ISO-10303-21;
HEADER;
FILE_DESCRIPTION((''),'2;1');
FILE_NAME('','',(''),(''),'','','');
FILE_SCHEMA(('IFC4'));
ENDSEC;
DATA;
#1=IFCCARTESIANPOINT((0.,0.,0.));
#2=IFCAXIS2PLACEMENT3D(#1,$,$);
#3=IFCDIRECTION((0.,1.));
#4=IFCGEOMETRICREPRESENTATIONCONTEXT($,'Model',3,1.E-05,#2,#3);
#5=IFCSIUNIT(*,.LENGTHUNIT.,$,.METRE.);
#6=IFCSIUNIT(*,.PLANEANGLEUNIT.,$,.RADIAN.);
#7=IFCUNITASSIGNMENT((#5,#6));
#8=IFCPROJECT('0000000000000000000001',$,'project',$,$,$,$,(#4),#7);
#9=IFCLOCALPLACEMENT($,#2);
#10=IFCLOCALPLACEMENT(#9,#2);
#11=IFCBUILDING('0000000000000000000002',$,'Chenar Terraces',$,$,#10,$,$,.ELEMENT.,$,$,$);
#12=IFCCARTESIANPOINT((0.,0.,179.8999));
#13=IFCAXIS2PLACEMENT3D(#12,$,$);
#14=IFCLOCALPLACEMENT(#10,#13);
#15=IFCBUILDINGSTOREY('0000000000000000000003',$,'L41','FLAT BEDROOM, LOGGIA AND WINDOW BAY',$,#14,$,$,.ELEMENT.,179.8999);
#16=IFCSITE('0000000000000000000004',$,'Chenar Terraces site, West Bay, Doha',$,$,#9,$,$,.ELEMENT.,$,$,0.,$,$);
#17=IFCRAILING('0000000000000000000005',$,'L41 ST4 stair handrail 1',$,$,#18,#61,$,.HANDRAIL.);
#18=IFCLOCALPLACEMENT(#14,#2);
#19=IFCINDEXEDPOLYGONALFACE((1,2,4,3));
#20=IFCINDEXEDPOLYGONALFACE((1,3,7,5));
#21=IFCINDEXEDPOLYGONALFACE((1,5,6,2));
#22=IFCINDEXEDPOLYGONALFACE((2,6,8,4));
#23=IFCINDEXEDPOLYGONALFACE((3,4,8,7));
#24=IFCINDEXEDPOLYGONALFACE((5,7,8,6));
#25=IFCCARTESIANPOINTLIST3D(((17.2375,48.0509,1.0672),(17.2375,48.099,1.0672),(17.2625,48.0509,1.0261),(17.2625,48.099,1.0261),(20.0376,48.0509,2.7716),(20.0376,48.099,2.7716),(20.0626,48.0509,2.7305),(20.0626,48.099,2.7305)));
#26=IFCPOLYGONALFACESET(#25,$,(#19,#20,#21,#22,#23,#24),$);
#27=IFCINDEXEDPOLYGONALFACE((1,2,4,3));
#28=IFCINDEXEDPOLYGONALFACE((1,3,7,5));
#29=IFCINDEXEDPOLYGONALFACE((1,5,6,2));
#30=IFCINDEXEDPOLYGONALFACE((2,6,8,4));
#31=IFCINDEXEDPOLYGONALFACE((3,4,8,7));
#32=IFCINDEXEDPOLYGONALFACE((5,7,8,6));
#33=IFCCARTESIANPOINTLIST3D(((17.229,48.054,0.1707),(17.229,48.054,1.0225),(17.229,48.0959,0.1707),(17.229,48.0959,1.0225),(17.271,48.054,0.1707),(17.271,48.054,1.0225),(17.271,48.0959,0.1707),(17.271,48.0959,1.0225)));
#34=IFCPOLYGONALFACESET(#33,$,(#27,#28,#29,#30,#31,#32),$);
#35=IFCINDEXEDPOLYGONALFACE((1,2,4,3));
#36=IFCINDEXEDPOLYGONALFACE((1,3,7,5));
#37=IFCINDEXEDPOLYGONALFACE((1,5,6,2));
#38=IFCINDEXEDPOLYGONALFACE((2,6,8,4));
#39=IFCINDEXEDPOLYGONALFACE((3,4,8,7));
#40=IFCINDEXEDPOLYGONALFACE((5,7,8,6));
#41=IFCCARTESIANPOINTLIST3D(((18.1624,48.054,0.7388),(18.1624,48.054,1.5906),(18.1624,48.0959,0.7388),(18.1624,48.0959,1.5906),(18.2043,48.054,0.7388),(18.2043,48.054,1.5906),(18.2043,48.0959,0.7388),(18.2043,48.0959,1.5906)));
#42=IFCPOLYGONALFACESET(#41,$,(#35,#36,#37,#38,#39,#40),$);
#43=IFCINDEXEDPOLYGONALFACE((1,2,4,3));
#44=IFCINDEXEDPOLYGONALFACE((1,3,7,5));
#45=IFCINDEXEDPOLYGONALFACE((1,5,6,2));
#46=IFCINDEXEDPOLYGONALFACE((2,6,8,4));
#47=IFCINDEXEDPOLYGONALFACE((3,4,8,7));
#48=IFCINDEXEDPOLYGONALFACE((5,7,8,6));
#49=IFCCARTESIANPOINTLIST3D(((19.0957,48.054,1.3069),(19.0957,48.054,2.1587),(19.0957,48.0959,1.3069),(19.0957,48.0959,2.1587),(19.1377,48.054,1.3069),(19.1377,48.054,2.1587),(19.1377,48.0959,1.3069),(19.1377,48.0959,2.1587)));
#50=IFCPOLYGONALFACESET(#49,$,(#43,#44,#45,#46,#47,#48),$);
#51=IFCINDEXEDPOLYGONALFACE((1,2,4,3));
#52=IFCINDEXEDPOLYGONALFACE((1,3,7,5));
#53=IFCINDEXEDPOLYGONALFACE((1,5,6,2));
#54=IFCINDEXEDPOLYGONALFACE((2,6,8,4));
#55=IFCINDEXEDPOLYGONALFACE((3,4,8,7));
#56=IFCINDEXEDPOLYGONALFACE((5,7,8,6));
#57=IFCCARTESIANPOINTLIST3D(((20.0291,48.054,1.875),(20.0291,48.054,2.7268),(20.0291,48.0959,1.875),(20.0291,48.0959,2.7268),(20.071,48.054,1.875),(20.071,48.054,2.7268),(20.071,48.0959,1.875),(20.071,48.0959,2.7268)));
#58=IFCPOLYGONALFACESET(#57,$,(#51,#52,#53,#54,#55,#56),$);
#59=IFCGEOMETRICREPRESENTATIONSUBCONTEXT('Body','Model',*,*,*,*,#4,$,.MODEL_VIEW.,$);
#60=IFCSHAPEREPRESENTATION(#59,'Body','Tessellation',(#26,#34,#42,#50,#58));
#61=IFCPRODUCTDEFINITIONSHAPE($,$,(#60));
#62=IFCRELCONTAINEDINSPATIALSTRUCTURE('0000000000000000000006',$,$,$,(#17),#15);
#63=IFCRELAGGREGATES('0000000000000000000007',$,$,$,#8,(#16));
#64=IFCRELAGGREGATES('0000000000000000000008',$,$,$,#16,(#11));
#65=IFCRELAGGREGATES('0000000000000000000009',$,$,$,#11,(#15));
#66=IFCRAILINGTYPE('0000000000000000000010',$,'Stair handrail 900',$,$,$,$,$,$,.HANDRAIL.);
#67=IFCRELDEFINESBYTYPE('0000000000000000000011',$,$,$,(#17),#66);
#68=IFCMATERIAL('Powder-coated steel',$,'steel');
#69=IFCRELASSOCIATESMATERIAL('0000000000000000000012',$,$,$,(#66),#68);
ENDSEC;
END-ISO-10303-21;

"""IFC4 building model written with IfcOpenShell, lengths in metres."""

from ifc_helpers import new_model, si_unit, direction, frame, origin, origin_2d, place, context, subcontext, project, spatial, rectangle, extrude, material, type_object, element, save


model = new_model("IFC4")

# Units and contexts
model_context = context("Model", 3, precision=1e-05, world=origin(), true_north=direction((0.0, 1.0)))
body_context = subcontext(model_context, "Body", "Model", "MODEL_VIEW")
ifc_project = project(units=[si_unit("LENGTHUNIT", "METRE"), si_unit("PLANEANGLEUNIT", "RADIAN")], contexts=[model_context])

# Site, building, storey
site_placement = place(None, origin())
site = spatial("IfcSite", under=ifc_project, at=site_placement, Name="Chenar Terraces site, West Bay, Doha", CompositionType="ELEMENT", RefElevation=0.0)
building_placement = place(site_placement, origin())
building = spatial("IfcBuilding", under=site, at=building_placement, Name="Chenar Terraces", CompositionType="ELEMENT")
storey_placement = place(building_placement, frame((0.0, 0.0, 179.8999)))
storey = spatial("IfcBuildingStorey", under=building, at=storey_placement, Name="L41", Description="FLAT BEDROOM, LOGGIA AND WINDOW BAY", CompositionType="ELEMENT", Elevation=179.8999)

# Railing
ifc_material_1 = material(Name="Powder-coated steel", Category="steel")
railing_type = type_object("IfcRailingType", Name="Stair handrail 900", PredefinedType="HANDRAIL", material=ifc_material_1)
railing_placement = place(storey_placement, frame((17.25, 48.075, 0.1707)))
element("IfcRailing", 1, at=railing_placement, inside=storey, type_object=railing_type, Name="L41 ST4 stair handrail 1", PredefinedType="HANDRAIL", context=body_context, shape_type="SweptSolid", body=[
    extrude(rectangle(XDim=0.0481, YDim=0.0481, at=origin_2d()), frame((0.0, 0.0, 0.876), z_axis=(0.854203, 0.0, 0.51994), x_axis=(0.0, 1.0, 0.0)), (0.0, 0.0, 1.0), 3.2781),
    extrude(rectangle(XDim=0.042, YDim=0.042, at=origin_2d()), origin(), (0.0, 0.0, 1.0), 0.8518),
    extrude(rectangle(XDim=0.042, YDim=0.042, at=origin_2d()), frame((0.9333, 0.0, 0.5681)), (0.0, 0.0, 1.0), 0.8518),
    extrude(rectangle(XDim=0.042, YDim=0.042, at=origin_2d()), frame((1.8667, 0.0, 1.1362)), (0.0, 0.0, 1.0), 0.8518),
    extrude(rectangle(XDim=0.042, YDim=0.042, at=origin_2d()), frame((2.8, 0.0, 1.7043)), (0.0, 0.0, 1.0), 0.8518),
])

save(model, "model.ifc")
